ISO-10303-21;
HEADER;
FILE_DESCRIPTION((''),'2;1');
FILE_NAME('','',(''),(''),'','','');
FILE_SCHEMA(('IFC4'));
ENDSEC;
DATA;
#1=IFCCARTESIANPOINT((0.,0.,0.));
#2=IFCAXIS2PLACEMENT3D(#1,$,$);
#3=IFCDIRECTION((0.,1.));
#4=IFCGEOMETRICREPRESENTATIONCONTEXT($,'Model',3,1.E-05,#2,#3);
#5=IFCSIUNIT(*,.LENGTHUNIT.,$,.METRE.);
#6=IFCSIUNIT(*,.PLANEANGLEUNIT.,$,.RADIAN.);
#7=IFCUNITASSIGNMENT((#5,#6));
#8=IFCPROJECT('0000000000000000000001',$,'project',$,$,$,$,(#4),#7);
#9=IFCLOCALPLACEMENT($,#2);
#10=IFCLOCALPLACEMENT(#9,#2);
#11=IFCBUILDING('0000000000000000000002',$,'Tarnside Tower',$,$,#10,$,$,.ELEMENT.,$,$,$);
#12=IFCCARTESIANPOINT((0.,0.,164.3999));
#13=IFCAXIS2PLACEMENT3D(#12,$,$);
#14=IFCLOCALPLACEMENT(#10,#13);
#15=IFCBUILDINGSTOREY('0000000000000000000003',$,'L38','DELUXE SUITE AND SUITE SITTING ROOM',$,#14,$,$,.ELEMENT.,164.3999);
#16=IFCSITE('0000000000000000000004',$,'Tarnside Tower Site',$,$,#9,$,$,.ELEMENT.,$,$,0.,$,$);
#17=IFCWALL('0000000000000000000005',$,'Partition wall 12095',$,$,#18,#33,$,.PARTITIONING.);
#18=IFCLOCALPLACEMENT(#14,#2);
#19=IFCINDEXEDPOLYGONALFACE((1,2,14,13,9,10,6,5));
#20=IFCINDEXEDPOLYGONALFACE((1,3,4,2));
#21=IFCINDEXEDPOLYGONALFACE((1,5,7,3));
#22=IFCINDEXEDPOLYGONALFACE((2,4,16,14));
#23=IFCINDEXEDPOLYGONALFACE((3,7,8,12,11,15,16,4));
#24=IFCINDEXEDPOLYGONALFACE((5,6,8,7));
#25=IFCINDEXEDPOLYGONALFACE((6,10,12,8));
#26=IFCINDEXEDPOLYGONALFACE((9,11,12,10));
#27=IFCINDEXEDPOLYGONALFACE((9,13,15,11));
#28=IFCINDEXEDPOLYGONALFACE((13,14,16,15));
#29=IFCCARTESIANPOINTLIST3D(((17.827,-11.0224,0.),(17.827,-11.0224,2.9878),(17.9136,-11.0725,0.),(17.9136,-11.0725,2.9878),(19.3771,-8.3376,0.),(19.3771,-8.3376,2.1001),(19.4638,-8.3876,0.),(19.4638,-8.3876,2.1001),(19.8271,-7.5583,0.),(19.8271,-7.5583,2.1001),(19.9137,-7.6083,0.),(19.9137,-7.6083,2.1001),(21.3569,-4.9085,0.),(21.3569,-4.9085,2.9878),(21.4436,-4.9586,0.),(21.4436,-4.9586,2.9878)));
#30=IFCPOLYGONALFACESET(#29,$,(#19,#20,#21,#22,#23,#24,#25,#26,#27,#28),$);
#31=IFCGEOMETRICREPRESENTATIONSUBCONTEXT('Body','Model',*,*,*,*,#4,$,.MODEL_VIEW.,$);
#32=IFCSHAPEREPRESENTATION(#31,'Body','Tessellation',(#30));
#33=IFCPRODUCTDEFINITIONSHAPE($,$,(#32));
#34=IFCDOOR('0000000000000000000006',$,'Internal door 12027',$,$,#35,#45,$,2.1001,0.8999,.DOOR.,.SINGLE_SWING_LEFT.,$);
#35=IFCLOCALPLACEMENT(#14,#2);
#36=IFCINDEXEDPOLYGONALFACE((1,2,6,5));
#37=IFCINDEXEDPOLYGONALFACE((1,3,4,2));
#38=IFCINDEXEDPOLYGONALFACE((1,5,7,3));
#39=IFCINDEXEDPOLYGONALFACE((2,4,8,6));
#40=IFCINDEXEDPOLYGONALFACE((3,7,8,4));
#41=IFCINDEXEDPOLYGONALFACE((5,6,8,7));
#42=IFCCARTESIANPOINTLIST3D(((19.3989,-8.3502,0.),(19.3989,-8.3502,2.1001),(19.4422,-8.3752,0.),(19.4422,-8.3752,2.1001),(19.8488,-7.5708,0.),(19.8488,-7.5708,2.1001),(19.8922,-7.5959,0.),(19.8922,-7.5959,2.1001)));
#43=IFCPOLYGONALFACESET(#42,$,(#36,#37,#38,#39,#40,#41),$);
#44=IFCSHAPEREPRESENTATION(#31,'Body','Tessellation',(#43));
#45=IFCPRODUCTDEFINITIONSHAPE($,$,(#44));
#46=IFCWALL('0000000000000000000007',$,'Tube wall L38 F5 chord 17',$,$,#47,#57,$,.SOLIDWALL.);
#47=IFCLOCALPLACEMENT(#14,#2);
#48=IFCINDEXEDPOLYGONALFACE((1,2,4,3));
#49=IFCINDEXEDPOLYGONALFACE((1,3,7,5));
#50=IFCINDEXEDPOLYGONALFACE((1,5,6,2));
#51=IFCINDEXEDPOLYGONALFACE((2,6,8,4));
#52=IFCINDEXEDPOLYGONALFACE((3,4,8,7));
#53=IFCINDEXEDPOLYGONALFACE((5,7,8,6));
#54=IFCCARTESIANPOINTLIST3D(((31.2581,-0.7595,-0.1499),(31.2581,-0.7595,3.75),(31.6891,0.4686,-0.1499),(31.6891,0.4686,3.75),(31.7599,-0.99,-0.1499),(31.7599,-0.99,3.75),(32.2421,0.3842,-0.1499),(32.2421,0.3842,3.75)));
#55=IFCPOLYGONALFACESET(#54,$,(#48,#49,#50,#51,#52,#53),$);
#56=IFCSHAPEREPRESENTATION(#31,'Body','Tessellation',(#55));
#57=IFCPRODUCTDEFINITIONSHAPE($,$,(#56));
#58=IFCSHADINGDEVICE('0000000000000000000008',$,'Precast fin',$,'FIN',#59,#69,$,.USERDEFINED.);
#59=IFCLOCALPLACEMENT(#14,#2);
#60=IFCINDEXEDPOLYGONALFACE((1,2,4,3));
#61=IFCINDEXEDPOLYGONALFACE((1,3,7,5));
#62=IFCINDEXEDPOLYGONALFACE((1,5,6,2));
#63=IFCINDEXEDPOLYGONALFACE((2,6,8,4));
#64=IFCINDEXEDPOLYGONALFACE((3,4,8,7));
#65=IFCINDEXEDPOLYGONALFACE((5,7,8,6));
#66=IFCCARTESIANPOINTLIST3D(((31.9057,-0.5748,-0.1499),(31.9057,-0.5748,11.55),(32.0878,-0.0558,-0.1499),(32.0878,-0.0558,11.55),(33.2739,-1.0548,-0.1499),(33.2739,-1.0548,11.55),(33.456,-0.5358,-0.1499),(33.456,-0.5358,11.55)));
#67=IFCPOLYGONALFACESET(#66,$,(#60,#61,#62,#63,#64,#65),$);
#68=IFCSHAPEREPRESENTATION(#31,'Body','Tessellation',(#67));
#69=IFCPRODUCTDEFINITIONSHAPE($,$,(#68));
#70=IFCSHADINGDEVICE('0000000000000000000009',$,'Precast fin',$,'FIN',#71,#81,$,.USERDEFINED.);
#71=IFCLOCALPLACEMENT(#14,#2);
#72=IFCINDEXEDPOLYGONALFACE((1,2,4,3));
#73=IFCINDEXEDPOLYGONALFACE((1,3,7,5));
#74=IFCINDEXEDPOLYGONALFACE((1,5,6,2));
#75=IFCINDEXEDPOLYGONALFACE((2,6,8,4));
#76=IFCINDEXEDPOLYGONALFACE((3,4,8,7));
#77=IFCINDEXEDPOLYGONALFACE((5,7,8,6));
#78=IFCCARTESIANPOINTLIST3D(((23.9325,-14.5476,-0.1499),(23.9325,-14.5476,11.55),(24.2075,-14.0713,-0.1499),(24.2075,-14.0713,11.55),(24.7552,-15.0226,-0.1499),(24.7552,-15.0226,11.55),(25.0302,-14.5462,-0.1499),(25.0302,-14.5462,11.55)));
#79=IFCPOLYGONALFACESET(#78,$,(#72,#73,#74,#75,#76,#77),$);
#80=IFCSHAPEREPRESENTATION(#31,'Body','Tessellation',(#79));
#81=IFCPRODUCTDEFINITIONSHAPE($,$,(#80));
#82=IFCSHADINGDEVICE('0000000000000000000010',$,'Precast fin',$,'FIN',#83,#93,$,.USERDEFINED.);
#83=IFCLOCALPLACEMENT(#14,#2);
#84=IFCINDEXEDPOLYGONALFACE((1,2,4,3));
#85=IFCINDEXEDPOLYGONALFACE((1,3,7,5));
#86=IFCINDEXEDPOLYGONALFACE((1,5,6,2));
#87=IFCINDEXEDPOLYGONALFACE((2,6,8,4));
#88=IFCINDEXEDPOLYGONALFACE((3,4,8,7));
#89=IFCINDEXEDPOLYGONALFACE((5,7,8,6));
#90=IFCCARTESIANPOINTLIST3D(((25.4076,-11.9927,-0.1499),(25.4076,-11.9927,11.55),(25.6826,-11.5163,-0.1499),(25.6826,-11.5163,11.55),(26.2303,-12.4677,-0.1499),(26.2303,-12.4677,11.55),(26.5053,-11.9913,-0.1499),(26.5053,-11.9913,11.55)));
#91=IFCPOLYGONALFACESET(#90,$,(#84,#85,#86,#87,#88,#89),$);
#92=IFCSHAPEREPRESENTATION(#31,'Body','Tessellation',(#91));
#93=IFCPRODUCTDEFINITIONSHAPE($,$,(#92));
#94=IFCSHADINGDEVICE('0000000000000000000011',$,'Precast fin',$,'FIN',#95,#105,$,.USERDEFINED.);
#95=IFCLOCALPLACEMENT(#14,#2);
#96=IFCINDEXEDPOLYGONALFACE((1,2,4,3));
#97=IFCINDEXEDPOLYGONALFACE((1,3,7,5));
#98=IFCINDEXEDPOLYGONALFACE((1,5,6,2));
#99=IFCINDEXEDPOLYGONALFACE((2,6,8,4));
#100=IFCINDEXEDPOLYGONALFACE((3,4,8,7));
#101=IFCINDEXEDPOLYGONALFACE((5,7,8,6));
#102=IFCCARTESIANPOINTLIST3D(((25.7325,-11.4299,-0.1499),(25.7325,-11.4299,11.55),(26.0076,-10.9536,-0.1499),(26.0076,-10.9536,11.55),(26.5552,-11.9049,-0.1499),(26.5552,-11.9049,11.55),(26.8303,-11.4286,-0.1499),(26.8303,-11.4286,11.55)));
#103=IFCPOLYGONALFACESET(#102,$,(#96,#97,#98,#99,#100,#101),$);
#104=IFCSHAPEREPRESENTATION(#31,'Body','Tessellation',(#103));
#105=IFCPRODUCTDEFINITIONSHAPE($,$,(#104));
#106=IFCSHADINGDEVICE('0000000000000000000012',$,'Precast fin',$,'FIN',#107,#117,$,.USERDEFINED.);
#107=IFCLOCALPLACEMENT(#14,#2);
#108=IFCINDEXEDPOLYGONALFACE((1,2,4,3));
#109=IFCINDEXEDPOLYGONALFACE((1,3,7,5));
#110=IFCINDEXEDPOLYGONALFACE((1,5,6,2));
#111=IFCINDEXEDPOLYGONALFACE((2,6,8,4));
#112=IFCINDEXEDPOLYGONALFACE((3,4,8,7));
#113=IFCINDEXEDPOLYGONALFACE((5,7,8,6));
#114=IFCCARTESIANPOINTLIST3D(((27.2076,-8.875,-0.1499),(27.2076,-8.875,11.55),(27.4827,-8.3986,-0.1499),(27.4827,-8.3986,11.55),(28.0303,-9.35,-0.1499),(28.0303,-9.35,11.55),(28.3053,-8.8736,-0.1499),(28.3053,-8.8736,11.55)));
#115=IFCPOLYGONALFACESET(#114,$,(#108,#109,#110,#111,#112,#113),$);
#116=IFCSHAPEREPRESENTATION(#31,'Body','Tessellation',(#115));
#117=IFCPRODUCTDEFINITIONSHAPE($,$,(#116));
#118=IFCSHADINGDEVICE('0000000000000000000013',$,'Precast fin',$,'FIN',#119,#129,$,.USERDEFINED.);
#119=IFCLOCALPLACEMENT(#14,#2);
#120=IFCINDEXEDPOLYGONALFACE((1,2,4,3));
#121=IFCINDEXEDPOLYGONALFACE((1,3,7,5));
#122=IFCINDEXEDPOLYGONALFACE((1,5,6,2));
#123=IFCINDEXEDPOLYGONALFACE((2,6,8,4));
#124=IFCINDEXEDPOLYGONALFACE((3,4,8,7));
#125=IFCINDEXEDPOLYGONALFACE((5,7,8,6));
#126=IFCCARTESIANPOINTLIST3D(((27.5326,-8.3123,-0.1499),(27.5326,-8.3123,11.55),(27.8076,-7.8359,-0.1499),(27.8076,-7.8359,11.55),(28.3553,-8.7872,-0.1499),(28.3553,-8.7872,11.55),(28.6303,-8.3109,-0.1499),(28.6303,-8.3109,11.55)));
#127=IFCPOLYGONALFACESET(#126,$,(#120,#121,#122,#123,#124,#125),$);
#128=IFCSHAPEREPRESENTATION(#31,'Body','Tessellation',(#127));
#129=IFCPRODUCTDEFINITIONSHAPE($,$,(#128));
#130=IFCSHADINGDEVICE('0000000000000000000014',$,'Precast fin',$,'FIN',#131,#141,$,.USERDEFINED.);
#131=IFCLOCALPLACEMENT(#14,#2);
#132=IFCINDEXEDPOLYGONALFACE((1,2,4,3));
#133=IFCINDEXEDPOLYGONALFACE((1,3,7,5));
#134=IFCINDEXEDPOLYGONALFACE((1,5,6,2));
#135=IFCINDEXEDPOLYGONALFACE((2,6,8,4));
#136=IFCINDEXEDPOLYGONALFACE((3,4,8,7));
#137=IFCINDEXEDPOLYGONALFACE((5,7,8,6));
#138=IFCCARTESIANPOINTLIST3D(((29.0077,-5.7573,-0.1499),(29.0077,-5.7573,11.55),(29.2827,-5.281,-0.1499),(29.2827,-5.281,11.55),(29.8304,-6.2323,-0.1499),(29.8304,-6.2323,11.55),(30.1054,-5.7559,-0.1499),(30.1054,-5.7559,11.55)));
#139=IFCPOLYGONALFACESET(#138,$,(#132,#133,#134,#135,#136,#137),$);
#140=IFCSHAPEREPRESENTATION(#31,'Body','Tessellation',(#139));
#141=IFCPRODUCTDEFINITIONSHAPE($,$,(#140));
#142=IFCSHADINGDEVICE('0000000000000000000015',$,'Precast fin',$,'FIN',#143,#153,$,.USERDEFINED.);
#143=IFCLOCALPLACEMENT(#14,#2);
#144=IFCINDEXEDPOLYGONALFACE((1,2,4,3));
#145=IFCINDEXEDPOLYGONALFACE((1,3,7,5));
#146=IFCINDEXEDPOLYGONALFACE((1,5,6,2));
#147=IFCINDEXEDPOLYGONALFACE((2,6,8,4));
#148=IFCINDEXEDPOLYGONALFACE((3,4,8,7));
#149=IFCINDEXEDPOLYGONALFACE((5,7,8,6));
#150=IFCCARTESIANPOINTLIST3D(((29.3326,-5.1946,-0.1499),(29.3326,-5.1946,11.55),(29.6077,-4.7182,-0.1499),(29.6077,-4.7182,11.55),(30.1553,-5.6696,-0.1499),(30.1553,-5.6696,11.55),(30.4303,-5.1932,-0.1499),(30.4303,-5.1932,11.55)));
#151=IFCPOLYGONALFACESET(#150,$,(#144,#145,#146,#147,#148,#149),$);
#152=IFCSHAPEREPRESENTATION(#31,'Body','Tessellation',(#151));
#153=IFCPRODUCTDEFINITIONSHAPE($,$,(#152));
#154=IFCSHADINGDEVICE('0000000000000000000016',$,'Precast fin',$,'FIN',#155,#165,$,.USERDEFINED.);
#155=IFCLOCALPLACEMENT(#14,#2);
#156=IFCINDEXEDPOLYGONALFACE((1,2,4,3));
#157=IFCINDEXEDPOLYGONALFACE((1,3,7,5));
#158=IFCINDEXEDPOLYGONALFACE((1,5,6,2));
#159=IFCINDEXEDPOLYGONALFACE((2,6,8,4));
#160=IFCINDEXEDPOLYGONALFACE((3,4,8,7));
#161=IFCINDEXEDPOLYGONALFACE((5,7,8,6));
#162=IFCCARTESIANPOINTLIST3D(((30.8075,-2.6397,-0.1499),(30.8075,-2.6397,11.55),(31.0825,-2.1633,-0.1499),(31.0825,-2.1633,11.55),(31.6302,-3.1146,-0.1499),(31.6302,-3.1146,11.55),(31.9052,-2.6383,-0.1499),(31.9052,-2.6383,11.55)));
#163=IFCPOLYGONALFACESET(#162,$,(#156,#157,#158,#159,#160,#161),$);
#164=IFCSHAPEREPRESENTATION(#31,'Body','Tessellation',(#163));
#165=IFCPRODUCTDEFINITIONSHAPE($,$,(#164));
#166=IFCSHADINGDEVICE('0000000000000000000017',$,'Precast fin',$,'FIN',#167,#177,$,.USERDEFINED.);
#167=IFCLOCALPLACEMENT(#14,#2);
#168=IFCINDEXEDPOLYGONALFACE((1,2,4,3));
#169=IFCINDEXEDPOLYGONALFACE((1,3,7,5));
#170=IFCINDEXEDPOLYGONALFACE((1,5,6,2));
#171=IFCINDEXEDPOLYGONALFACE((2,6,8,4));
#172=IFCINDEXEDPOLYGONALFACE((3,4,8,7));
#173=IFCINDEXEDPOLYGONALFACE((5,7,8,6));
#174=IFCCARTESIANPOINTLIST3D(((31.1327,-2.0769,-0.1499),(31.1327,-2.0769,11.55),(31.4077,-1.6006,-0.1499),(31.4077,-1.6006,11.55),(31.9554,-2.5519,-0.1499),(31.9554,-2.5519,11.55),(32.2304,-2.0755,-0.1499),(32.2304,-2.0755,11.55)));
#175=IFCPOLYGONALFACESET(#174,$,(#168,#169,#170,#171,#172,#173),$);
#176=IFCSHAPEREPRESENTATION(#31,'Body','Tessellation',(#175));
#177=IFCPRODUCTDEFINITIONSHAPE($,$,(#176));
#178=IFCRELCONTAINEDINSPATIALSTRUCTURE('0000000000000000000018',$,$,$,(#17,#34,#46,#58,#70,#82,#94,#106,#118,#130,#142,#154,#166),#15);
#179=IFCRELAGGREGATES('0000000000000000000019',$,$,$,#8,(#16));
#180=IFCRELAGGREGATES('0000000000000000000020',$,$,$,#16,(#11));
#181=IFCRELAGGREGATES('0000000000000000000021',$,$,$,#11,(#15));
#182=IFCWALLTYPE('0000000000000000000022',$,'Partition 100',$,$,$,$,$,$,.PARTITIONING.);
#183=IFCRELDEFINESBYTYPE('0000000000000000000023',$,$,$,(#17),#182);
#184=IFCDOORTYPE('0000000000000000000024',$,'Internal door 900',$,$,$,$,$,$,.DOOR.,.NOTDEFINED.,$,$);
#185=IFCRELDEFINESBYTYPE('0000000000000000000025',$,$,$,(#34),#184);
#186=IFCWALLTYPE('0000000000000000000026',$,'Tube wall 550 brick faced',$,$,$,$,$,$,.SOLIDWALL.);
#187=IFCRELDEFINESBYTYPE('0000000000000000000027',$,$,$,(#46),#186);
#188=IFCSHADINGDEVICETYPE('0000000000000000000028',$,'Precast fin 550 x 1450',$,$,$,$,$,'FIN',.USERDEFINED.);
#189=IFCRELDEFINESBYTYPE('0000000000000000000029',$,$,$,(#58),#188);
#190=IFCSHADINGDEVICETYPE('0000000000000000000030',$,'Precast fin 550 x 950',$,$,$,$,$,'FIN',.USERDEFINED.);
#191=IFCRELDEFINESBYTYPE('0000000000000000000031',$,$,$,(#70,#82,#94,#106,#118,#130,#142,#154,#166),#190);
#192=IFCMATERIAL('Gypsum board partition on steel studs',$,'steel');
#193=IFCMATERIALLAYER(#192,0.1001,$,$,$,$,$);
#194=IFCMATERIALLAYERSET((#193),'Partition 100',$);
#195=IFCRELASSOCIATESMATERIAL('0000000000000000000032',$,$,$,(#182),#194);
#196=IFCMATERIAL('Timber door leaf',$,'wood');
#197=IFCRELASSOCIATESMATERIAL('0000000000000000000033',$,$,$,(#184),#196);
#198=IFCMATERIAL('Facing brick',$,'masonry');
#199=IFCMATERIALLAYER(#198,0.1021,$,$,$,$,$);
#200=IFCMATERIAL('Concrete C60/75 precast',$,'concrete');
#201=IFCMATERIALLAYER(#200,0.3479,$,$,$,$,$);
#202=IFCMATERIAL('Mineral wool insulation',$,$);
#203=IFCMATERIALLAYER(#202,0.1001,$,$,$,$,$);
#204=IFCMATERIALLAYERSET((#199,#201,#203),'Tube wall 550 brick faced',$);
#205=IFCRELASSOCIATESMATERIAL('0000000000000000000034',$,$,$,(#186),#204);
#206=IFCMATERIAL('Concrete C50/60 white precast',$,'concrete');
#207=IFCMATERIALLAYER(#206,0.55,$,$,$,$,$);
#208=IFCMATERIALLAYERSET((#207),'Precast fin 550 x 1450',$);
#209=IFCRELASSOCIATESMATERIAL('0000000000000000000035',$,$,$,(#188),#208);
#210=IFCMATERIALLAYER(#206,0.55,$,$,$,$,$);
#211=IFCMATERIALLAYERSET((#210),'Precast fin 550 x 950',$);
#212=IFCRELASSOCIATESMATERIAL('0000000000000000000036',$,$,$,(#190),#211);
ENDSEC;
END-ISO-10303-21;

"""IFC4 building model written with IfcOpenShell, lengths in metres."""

from ifc_helpers import new_model, si_unit, direction, frame, frame_2d, origin, place, context, subcontext, project, spatial, polyline, rectangle, outline, extrude, material, layer, layer_set, type_object, element, fill, save


model = new_model("IFC4")

# Units and contexts
model_context = context("Model", 3, precision=1e-05, world=origin(), true_north=direction((0.0, 1.0)))
body_context = subcontext(model_context, "Body", "Model", "MODEL_VIEW")
ifc_project = project(units=[si_unit("LENGTHUNIT", "METRE"), si_unit("PLANEANGLEUNIT", "RADIAN")], contexts=[model_context])

# Site, building, storey
site_placement = place(None, origin())
site = spatial("IfcSite", under=ifc_project, at=site_placement, Name="Tarnside Tower Site", CompositionType="ELEMENT", RefElevation=0.0)
building_placement = place(site_placement, origin())
building = spatial("IfcBuilding", under=site, at=building_placement, Name="Tarnside Tower", CompositionType="ELEMENT")
storey_placement = place(building_placement, frame((0.0, 0.0, 164.3999)))
storey = spatial("IfcBuildingStorey", under=building, at=storey_placement, Name="L38", Description="DELUXE SUITE AND SUITE SITTING ROOM", CompositionType="ELEMENT", Elevation=164.3999)

# Shared definitions
ifc_material_1 = material(Name="Gypsum board partition on steel studs", Category="steel")
ifc_material_2 = material(Name="Timber door leaf", Category="wood")

# Shared definitions
ifc_layer_1 = layer(ifc_material_1, 0.1001)
ifc_layer_set_1 = layer_set([ifc_layer_1], Name="Partition 100")
wall_type_1 = type_object("IfcWallType", Name="Partition 100", PredefinedType="PARTITIONING", material=ifc_layer_set_1)
door_type_1 = type_object("IfcDoorType", Name="Internal door 900", OperationType="NOTDEFINED", PredefinedType="DOOR", material=ifc_material_2)

# Wall, opening, door
wall_1_placement = place(storey_placement, frame((17.8704, -11.0474, 0.0), z_axis=(0.0, 0.0, 1.0), x_axis=(0.500011, 0.866019, 0.0)))
wall_1 = element("IfcWall", 1, at=wall_1_placement, inside=storey, type_object=wall_type_1, Name="Partition wall 12095", PredefinedType="PARTITIONING", context=body_context, shape_type="SweptSolid", body=[
    extrude(rectangle(XDim=7.0598, YDim=0.1001, at=frame_2d((3.5298, 0.0))), origin(), (0.0, 0.0, 1.0), 2.9878),
])
opening_1_placement = place(wall_1_placement, frame((3.1001, 0.0, 0.0)))
opening_1 = element("IfcOpeningElement", 2, at=opening_1_placement, cuts=wall_1, PredefinedType="OPENING", context=body_context, shape_type="SweptSolid", body=[
    extrude(rectangle(XDim=0.8999, YDim=2.1001, at=frame_2d((0.45, 1.05))), frame((0.0, 0.0601, 0.0), z_axis=(0.0, -1.0, 0.0), x_axis=(1.0, 0.0, 0.0)), (0.0, 0.0, 1.0), 0.1201),
])
door_1_placement = place(opening_1_placement, origin())
door_1 = element("IfcDoor", 3, at=door_1_placement, inside=storey, type_object=door_type_1, Name="Internal door 12027", OperationType="SINGLE_SWING_LEFT", OverallHeight=2.1001, OverallWidth=0.8999, PredefinedType="DOOR", context=body_context, shape_type="SweptSolid", body=[
    extrude(rectangle(XDim=0.8999, YDim=2.1001, at=frame_2d((0.45, 1.05))), frame((0.0, 0.0249, 0.0), z_axis=(0.0, -1.0, 0.0), x_axis=(1.0, 0.0, 0.0)), (0.0, 0.0, 1.0), 0.05),
])
fill(opening_1, door_1)

# Wall
ifc_material_3 = material(Name="Facing brick", Category="masonry")
ifc_layer_2 = layer(ifc_material_3, 0.1021)
ifc_material_4 = material(Name="Concrete C60/75 precast", Category="concrete")
ifc_layer_3 = layer(ifc_material_4, 0.3479)
ifc_material_5 = material(Name="Mineral wool insulation")
ifc_layer_4 = layer(ifc_material_5, 0.1001)
ifc_layer_set_2 = layer_set([ifc_layer_2, ifc_layer_3, ifc_layer_4], Name="Tube wall 550 brick faced")
wall_type_2 = type_object("IfcWallType", Name="Tube wall 550 brick faced", PredefinedType="SOLIDWALL", material=ifc_layer_set_2)
wall_2_placement = place(storey_placement, frame((31.509, -0.8748, -0.1499), z_axis=(0.0, 0.0, 1.0), x_axis=(0.331115, 0.94359, 0.0)))
element("IfcWall", 4, at=wall_2_placement, inside=storey, type_object=wall_type_2, Name="Tube wall L38 F5 chord 17", PredefinedType="SOLIDWALL", context=body_context, shape_type="SweptSolid", body=[
    extrude(outline(polyline([(-0.0256, -0.2749), (1.4307, -0.2749), (1.3271, 0.2749), (0.0256, 0.2749), (-0.0256, -0.2749)])), origin(), (0.0, 0.0, 1.0), 3.8999),
])

# Shading devices
ifc_material_6 = material(Name="Concrete C50/60 white precast", Category="concrete")
ifc_layer_5 = layer(ifc_material_6, 0.55)
ifc_layer_set_3 = layer_set([ifc_layer_5], Name="Precast fin 550 x 1450")
shading_device_type_1 = type_object("IfcShadingDeviceType", Name="Precast fin 550 x 1450", ElementType="FIN", PredefinedType="USERDEFINED", material=ifc_layer_set_3)
shading_device_placement = place(storey_placement, frame((31.9968, -0.3152, -0.1499), z_axis=(-0.331063, -0.943609, 0.0), x_axis=(0.943609, -0.331063, 0.0)))
element("IfcShadingDevice", 5, at=shading_device_placement, inside=storey, type_object=shading_device_type_1, Name="Precast fin", ObjectType="FIN", PredefinedType="USERDEFINED", context=body_context, shape_type="SweptSolid", body=[
    extrude(outline(polyline([(0.0, 0.0), (1.45, 0.0), (1.45, 11.7), (0.0, 11.7), (0.0, 0.0)])), frame((0.0, 0.0, -0.2749)), (0.0, 0.0, 1.0), 0.55),
])
ifc_layer_6 = layer(ifc_material_6, 0.55)
ifc_layer_set_4 = layer_set([ifc_layer_6], Name="Precast fin 550 x 950")
shading_device_type_2 = type_object("IfcShadingDeviceType", Name="Precast fin 550 x 950", ElementType="FIN", PredefinedType="USERDEFINED", material=ifc_layer_set_4)
for number, where, z_axis, x_axis, name in (
    (6, (24.0701, -14.3093, -0.1499), (-0.5, -0.866025, 0.0), (0.866025, -0.5, 0.0), "Precast fin"),
    (7, (25.5452, -11.7544, -0.1499), (-0.5, -0.866025, 0.0), (0.866025, -0.5, 0.0), "Precast fin"),
    (8, (25.8701, -11.1917, -0.1499), (-0.5, -0.866025, 0.0), (0.866025, -0.5, 0.0), "Precast fin"),
    (9, (27.3452, -8.6367, -0.1499), (-0.5, -0.866025, 0.0), (0.866025, -0.5, 0.0), "Precast fin"),
    (10, (27.6702, -8.074, -0.1499), (-0.5, -0.866025, 0.0), (0.866025, -0.5, 0.0), "Precast fin"),
    (11, (29.1453, -5.519, -0.1499), (-0.5, -0.866025, 0.0), (0.866025, -0.5, 0.0), "Precast fin"),
    (12, (29.4702, -4.9563, -0.1499), (-0.5, -0.866025, 0.0), (0.866025, -0.5, 0.0), "Precast fin"),
    (13, (30.9451, -2.4014, -0.1499), (-0.5, -0.866025, 0.0), (0.866025, -0.5, 0.0), "Precast fin"),
    (14, (31.2703, -1.8386, -0.1499), (-0.5, -0.866025, 0.0), (0.866025, -0.5, 0.0), "Precast fin"),
):
    element("IfcShadingDevice", number, at=place(storey_placement, frame(where, z_axis=z_axis, x_axis=x_axis)), inside=storey, type_object=shading_device_type_2, Name=name, ObjectType="FIN", PredefinedType="USERDEFINED", context=body_context, shape_type="SweptSolid", body=[
        extrude(outline(polyline([(0.0, 0.0), (0.95, 0.0), (0.95, 11.7), (0.0, 11.7), (0.0, 0.0)])), frame((0.0, 0.0, -0.2749)), (0.0, 0.0, 1.0), 0.55),
    ])

save(model, "model.ifc")
